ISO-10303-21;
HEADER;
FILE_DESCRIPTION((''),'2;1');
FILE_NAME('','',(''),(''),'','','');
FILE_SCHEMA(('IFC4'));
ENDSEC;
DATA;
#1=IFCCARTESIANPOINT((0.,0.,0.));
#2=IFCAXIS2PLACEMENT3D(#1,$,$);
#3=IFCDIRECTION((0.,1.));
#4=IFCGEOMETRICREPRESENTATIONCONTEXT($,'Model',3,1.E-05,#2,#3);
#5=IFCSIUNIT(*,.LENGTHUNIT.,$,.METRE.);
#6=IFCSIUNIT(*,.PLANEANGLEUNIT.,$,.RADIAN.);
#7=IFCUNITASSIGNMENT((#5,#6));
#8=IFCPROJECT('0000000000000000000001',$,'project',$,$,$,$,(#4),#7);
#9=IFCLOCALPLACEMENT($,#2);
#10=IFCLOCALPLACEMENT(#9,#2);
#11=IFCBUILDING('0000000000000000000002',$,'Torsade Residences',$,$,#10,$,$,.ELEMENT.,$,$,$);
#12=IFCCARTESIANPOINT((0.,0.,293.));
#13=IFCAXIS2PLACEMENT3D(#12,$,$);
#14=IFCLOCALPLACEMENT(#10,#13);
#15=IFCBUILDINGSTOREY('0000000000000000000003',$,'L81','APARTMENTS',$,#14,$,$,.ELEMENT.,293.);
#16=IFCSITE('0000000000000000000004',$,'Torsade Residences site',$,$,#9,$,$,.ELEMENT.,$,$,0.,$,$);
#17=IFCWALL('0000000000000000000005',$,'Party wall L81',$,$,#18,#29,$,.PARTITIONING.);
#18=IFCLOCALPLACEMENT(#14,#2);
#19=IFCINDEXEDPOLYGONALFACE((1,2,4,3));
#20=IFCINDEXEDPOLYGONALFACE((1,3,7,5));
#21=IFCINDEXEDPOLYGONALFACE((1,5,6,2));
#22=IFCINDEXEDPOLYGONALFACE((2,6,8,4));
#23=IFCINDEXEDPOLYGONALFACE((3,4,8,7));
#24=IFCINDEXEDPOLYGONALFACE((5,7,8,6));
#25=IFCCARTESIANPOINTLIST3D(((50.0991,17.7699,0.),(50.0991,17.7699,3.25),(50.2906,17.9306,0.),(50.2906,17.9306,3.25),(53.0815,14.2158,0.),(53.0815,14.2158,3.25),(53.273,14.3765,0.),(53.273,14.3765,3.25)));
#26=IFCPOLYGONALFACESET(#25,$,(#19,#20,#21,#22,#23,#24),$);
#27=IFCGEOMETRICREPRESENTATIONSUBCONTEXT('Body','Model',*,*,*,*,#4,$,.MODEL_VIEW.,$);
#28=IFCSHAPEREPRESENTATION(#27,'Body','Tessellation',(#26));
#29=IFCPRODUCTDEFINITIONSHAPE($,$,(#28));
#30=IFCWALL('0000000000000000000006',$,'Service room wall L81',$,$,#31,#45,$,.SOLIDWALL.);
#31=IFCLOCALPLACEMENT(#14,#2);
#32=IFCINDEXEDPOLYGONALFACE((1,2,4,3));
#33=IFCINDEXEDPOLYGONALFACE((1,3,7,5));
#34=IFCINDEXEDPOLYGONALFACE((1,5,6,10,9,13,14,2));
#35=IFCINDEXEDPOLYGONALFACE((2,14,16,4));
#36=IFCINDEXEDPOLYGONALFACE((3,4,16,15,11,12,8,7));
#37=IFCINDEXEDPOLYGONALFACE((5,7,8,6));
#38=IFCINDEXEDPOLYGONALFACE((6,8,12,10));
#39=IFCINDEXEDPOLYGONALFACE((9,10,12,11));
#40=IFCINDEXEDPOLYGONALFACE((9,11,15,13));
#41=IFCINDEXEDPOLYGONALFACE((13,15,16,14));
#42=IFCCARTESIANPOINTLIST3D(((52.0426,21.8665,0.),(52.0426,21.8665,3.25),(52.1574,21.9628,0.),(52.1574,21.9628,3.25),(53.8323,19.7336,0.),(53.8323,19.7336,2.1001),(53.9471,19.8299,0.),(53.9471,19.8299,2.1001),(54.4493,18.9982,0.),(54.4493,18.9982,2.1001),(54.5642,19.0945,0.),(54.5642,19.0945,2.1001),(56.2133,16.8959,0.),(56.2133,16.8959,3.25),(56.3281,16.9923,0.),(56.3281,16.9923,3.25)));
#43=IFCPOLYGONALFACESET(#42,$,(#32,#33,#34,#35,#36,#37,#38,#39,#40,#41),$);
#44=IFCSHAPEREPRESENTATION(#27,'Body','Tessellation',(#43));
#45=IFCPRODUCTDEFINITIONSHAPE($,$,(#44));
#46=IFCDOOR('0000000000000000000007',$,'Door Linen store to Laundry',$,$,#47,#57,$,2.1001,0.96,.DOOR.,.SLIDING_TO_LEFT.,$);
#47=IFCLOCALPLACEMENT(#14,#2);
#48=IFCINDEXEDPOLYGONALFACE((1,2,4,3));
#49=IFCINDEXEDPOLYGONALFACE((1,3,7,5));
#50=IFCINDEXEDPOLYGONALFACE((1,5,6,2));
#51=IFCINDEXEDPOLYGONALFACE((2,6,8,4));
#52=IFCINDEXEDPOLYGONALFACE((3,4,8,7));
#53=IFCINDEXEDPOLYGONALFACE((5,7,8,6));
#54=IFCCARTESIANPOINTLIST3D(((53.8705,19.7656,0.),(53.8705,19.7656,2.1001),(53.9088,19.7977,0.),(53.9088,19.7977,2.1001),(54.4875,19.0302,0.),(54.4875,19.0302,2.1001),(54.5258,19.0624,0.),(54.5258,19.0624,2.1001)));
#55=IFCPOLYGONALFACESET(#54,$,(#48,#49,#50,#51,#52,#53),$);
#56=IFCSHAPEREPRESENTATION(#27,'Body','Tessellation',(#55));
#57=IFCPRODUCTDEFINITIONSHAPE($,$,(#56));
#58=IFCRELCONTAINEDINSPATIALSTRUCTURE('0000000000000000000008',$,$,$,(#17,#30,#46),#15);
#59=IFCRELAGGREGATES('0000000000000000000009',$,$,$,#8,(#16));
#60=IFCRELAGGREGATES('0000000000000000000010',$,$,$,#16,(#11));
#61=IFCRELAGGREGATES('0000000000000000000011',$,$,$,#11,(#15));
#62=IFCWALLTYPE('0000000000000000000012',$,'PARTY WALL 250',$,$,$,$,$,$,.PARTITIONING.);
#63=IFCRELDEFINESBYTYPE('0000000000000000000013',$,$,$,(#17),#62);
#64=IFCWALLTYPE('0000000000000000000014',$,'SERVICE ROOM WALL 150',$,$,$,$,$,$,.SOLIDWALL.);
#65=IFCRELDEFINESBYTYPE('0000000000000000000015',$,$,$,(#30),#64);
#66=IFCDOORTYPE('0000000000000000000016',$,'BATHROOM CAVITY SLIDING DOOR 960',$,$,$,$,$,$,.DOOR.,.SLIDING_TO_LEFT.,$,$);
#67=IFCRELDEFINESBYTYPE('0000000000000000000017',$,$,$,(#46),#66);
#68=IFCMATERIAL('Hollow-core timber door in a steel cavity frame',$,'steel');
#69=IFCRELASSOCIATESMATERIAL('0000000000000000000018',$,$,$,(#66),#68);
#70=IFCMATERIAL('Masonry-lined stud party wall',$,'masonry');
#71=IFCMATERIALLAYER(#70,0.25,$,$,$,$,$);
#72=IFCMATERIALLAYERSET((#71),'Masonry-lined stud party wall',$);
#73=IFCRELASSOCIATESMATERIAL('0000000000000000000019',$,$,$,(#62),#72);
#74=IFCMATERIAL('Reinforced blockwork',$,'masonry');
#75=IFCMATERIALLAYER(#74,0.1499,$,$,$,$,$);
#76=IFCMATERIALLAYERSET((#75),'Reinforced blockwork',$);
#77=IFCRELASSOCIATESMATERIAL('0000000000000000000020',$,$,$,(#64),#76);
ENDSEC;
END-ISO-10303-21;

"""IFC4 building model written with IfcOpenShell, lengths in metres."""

from ifc_helpers import new_model, si_unit, direction, frame, frame_2d, origin, place, context, subcontext, project, spatial, rectangle, extrude, material, layer, layer_set, type_object, element, fill, save


model = new_model("IFC4")

# Units and contexts
model_context = context("Model", 3, precision=1e-05, world=origin(), true_north=direction((0.0, 1.0)))
body_context = subcontext(model_context, "Body", "Model", "MODEL_VIEW")
ifc_project = project(units=[si_unit("LENGTHUNIT", "METRE"), si_unit("PLANEANGLEUNIT", "RADIAN")], contexts=[model_context])

# Site, building, storey
site_placement = place(None, origin())
site = spatial("IfcSite", under=ifc_project, at=site_placement, Name="Torsade Residences site", CompositionType="ELEMENT", RefElevation=0.0)
building_placement = place(site_placement, origin())
building = spatial("IfcBuilding", under=site, at=building_placement, Name="Torsade Residences", CompositionType="ELEMENT")
storey_placement = place(building_placement, frame((0.0, 0.0, 293.0)))
storey = spatial("IfcBuildingStorey", under=building, at=storey_placement, Name="L81", Description="APARTMENTS", CompositionType="ELEMENT", Elevation=293.0)

# Shared definitions
ifc_material_1 = material(Name="Hollow-core timber door in a steel cavity frame", Category="steel")
door_type_1 = type_object("IfcDoorType", Name="BATHROOM CAVITY SLIDING DOOR 960", OperationType="SLIDING_TO_LEFT", PredefinedType="DOOR", material=ifc_material_1)

# Wall
ifc_material_2 = material(Name="Masonry-lined stud party wall", Category="masonry")
ifc_layer_1 = layer(ifc_material_2, 0.25)
ifc_layer_set_1 = layer_set([ifc_layer_1], Name="Masonry-lined stud party wall")
wall_type_1 = type_object("IfcWallType", Name="PARTY WALL 250", PredefinedType="PARTITIONING", material=ifc_layer_set_1)
wall_1_placement = place(storey_placement, frame((53.1772, 14.2961, 0.0), z_axis=(0.0, 0.0, 1.0), x_axis=(-0.6428, 0.766034, 0.0)))
element("IfcWall", 1, at=wall_1_placement, inside=storey, type_object=wall_type_1, Name="Party wall L81", PredefinedType="PARTITIONING", context=body_context, shape_type="SweptSolid", body=[
    extrude(rectangle(XDim=4.6396, YDim=0.25, at=frame_2d((2.3198, 0.0))), origin(), (0.0, 0.0, 1.0), 3.25),
])

# Wall, opening, door
ifc_material_3 = material(Name="Reinforced blockwork", Category="masonry")
ifc_layer_2 = layer(ifc_material_3, 0.1499)
ifc_layer_set_2 = layer_set([ifc_layer_2], Name="Reinforced blockwork")
wall_type_2 = type_object("IfcWallType", Name="SERVICE ROOM WALL 150", PredefinedType="SOLIDWALL", material=ifc_layer_set_2)
wall_2_placement = place(storey_placement, frame((52.1001, 21.9146, 0.0), z_axis=(0.0, 0.0, 1.0), x_axis=(0.642783, -0.766049, 0.0)))
wall_2 = element("IfcWall", 2, at=wall_2_placement, inside=storey, type_object=wall_type_2, Name="Service room wall L81", PredefinedType="SOLIDWALL", context=body_context, shape_type="SweptSolid", body=[
    extrude(rectangle(XDim=6.4885, YDim=0.1499, at=frame_2d((3.2441, 0.0))), origin(), (0.0, 0.0, 1.0), 3.25),
])
opening_1_placement = place(wall_2_placement, frame((2.7842, 0.0, 0.0)))
opening_1 = element("IfcOpeningElement", 3, at=opening_1_placement, cuts=wall_2, PredefinedType="OPENING", context=body_context, shape_type="SweptSolid", body=[
    extrude(rectangle(XDim=0.96, YDim=2.1001, at=frame_2d((0.48, 1.05))), frame((0.0, 0.085, 0.0), z_axis=(0.0, -1.0, 0.0), x_axis=(1.0, 0.0, 0.0)), (0.0, 0.0, 1.0), 0.1699),
])
door_1_placement = place(opening_1_placement, origin())
door_1 = element("IfcDoor", 4, at=door_1_placement, inside=storey, type_object=door_type_1, Name="Door Linen store to Laundry", OperationType="SLIDING_TO_LEFT", OverallHeight=2.1001, OverallWidth=0.96, PredefinedType="DOOR", context=body_context, shape_type="SweptSolid", body=[
    extrude(rectangle(XDim=0.96, YDim=2.1001, at=frame_2d((0.48, 1.05))), frame((0.0, 0.0249, 0.0), z_axis=(0.0, -1.0, 0.0), x_axis=(1.0, 0.0, 0.0)), (0.0, 0.0, 1.0), 0.05),
])
fill(opening_1, door_1)

save(model, "model.ifc")
